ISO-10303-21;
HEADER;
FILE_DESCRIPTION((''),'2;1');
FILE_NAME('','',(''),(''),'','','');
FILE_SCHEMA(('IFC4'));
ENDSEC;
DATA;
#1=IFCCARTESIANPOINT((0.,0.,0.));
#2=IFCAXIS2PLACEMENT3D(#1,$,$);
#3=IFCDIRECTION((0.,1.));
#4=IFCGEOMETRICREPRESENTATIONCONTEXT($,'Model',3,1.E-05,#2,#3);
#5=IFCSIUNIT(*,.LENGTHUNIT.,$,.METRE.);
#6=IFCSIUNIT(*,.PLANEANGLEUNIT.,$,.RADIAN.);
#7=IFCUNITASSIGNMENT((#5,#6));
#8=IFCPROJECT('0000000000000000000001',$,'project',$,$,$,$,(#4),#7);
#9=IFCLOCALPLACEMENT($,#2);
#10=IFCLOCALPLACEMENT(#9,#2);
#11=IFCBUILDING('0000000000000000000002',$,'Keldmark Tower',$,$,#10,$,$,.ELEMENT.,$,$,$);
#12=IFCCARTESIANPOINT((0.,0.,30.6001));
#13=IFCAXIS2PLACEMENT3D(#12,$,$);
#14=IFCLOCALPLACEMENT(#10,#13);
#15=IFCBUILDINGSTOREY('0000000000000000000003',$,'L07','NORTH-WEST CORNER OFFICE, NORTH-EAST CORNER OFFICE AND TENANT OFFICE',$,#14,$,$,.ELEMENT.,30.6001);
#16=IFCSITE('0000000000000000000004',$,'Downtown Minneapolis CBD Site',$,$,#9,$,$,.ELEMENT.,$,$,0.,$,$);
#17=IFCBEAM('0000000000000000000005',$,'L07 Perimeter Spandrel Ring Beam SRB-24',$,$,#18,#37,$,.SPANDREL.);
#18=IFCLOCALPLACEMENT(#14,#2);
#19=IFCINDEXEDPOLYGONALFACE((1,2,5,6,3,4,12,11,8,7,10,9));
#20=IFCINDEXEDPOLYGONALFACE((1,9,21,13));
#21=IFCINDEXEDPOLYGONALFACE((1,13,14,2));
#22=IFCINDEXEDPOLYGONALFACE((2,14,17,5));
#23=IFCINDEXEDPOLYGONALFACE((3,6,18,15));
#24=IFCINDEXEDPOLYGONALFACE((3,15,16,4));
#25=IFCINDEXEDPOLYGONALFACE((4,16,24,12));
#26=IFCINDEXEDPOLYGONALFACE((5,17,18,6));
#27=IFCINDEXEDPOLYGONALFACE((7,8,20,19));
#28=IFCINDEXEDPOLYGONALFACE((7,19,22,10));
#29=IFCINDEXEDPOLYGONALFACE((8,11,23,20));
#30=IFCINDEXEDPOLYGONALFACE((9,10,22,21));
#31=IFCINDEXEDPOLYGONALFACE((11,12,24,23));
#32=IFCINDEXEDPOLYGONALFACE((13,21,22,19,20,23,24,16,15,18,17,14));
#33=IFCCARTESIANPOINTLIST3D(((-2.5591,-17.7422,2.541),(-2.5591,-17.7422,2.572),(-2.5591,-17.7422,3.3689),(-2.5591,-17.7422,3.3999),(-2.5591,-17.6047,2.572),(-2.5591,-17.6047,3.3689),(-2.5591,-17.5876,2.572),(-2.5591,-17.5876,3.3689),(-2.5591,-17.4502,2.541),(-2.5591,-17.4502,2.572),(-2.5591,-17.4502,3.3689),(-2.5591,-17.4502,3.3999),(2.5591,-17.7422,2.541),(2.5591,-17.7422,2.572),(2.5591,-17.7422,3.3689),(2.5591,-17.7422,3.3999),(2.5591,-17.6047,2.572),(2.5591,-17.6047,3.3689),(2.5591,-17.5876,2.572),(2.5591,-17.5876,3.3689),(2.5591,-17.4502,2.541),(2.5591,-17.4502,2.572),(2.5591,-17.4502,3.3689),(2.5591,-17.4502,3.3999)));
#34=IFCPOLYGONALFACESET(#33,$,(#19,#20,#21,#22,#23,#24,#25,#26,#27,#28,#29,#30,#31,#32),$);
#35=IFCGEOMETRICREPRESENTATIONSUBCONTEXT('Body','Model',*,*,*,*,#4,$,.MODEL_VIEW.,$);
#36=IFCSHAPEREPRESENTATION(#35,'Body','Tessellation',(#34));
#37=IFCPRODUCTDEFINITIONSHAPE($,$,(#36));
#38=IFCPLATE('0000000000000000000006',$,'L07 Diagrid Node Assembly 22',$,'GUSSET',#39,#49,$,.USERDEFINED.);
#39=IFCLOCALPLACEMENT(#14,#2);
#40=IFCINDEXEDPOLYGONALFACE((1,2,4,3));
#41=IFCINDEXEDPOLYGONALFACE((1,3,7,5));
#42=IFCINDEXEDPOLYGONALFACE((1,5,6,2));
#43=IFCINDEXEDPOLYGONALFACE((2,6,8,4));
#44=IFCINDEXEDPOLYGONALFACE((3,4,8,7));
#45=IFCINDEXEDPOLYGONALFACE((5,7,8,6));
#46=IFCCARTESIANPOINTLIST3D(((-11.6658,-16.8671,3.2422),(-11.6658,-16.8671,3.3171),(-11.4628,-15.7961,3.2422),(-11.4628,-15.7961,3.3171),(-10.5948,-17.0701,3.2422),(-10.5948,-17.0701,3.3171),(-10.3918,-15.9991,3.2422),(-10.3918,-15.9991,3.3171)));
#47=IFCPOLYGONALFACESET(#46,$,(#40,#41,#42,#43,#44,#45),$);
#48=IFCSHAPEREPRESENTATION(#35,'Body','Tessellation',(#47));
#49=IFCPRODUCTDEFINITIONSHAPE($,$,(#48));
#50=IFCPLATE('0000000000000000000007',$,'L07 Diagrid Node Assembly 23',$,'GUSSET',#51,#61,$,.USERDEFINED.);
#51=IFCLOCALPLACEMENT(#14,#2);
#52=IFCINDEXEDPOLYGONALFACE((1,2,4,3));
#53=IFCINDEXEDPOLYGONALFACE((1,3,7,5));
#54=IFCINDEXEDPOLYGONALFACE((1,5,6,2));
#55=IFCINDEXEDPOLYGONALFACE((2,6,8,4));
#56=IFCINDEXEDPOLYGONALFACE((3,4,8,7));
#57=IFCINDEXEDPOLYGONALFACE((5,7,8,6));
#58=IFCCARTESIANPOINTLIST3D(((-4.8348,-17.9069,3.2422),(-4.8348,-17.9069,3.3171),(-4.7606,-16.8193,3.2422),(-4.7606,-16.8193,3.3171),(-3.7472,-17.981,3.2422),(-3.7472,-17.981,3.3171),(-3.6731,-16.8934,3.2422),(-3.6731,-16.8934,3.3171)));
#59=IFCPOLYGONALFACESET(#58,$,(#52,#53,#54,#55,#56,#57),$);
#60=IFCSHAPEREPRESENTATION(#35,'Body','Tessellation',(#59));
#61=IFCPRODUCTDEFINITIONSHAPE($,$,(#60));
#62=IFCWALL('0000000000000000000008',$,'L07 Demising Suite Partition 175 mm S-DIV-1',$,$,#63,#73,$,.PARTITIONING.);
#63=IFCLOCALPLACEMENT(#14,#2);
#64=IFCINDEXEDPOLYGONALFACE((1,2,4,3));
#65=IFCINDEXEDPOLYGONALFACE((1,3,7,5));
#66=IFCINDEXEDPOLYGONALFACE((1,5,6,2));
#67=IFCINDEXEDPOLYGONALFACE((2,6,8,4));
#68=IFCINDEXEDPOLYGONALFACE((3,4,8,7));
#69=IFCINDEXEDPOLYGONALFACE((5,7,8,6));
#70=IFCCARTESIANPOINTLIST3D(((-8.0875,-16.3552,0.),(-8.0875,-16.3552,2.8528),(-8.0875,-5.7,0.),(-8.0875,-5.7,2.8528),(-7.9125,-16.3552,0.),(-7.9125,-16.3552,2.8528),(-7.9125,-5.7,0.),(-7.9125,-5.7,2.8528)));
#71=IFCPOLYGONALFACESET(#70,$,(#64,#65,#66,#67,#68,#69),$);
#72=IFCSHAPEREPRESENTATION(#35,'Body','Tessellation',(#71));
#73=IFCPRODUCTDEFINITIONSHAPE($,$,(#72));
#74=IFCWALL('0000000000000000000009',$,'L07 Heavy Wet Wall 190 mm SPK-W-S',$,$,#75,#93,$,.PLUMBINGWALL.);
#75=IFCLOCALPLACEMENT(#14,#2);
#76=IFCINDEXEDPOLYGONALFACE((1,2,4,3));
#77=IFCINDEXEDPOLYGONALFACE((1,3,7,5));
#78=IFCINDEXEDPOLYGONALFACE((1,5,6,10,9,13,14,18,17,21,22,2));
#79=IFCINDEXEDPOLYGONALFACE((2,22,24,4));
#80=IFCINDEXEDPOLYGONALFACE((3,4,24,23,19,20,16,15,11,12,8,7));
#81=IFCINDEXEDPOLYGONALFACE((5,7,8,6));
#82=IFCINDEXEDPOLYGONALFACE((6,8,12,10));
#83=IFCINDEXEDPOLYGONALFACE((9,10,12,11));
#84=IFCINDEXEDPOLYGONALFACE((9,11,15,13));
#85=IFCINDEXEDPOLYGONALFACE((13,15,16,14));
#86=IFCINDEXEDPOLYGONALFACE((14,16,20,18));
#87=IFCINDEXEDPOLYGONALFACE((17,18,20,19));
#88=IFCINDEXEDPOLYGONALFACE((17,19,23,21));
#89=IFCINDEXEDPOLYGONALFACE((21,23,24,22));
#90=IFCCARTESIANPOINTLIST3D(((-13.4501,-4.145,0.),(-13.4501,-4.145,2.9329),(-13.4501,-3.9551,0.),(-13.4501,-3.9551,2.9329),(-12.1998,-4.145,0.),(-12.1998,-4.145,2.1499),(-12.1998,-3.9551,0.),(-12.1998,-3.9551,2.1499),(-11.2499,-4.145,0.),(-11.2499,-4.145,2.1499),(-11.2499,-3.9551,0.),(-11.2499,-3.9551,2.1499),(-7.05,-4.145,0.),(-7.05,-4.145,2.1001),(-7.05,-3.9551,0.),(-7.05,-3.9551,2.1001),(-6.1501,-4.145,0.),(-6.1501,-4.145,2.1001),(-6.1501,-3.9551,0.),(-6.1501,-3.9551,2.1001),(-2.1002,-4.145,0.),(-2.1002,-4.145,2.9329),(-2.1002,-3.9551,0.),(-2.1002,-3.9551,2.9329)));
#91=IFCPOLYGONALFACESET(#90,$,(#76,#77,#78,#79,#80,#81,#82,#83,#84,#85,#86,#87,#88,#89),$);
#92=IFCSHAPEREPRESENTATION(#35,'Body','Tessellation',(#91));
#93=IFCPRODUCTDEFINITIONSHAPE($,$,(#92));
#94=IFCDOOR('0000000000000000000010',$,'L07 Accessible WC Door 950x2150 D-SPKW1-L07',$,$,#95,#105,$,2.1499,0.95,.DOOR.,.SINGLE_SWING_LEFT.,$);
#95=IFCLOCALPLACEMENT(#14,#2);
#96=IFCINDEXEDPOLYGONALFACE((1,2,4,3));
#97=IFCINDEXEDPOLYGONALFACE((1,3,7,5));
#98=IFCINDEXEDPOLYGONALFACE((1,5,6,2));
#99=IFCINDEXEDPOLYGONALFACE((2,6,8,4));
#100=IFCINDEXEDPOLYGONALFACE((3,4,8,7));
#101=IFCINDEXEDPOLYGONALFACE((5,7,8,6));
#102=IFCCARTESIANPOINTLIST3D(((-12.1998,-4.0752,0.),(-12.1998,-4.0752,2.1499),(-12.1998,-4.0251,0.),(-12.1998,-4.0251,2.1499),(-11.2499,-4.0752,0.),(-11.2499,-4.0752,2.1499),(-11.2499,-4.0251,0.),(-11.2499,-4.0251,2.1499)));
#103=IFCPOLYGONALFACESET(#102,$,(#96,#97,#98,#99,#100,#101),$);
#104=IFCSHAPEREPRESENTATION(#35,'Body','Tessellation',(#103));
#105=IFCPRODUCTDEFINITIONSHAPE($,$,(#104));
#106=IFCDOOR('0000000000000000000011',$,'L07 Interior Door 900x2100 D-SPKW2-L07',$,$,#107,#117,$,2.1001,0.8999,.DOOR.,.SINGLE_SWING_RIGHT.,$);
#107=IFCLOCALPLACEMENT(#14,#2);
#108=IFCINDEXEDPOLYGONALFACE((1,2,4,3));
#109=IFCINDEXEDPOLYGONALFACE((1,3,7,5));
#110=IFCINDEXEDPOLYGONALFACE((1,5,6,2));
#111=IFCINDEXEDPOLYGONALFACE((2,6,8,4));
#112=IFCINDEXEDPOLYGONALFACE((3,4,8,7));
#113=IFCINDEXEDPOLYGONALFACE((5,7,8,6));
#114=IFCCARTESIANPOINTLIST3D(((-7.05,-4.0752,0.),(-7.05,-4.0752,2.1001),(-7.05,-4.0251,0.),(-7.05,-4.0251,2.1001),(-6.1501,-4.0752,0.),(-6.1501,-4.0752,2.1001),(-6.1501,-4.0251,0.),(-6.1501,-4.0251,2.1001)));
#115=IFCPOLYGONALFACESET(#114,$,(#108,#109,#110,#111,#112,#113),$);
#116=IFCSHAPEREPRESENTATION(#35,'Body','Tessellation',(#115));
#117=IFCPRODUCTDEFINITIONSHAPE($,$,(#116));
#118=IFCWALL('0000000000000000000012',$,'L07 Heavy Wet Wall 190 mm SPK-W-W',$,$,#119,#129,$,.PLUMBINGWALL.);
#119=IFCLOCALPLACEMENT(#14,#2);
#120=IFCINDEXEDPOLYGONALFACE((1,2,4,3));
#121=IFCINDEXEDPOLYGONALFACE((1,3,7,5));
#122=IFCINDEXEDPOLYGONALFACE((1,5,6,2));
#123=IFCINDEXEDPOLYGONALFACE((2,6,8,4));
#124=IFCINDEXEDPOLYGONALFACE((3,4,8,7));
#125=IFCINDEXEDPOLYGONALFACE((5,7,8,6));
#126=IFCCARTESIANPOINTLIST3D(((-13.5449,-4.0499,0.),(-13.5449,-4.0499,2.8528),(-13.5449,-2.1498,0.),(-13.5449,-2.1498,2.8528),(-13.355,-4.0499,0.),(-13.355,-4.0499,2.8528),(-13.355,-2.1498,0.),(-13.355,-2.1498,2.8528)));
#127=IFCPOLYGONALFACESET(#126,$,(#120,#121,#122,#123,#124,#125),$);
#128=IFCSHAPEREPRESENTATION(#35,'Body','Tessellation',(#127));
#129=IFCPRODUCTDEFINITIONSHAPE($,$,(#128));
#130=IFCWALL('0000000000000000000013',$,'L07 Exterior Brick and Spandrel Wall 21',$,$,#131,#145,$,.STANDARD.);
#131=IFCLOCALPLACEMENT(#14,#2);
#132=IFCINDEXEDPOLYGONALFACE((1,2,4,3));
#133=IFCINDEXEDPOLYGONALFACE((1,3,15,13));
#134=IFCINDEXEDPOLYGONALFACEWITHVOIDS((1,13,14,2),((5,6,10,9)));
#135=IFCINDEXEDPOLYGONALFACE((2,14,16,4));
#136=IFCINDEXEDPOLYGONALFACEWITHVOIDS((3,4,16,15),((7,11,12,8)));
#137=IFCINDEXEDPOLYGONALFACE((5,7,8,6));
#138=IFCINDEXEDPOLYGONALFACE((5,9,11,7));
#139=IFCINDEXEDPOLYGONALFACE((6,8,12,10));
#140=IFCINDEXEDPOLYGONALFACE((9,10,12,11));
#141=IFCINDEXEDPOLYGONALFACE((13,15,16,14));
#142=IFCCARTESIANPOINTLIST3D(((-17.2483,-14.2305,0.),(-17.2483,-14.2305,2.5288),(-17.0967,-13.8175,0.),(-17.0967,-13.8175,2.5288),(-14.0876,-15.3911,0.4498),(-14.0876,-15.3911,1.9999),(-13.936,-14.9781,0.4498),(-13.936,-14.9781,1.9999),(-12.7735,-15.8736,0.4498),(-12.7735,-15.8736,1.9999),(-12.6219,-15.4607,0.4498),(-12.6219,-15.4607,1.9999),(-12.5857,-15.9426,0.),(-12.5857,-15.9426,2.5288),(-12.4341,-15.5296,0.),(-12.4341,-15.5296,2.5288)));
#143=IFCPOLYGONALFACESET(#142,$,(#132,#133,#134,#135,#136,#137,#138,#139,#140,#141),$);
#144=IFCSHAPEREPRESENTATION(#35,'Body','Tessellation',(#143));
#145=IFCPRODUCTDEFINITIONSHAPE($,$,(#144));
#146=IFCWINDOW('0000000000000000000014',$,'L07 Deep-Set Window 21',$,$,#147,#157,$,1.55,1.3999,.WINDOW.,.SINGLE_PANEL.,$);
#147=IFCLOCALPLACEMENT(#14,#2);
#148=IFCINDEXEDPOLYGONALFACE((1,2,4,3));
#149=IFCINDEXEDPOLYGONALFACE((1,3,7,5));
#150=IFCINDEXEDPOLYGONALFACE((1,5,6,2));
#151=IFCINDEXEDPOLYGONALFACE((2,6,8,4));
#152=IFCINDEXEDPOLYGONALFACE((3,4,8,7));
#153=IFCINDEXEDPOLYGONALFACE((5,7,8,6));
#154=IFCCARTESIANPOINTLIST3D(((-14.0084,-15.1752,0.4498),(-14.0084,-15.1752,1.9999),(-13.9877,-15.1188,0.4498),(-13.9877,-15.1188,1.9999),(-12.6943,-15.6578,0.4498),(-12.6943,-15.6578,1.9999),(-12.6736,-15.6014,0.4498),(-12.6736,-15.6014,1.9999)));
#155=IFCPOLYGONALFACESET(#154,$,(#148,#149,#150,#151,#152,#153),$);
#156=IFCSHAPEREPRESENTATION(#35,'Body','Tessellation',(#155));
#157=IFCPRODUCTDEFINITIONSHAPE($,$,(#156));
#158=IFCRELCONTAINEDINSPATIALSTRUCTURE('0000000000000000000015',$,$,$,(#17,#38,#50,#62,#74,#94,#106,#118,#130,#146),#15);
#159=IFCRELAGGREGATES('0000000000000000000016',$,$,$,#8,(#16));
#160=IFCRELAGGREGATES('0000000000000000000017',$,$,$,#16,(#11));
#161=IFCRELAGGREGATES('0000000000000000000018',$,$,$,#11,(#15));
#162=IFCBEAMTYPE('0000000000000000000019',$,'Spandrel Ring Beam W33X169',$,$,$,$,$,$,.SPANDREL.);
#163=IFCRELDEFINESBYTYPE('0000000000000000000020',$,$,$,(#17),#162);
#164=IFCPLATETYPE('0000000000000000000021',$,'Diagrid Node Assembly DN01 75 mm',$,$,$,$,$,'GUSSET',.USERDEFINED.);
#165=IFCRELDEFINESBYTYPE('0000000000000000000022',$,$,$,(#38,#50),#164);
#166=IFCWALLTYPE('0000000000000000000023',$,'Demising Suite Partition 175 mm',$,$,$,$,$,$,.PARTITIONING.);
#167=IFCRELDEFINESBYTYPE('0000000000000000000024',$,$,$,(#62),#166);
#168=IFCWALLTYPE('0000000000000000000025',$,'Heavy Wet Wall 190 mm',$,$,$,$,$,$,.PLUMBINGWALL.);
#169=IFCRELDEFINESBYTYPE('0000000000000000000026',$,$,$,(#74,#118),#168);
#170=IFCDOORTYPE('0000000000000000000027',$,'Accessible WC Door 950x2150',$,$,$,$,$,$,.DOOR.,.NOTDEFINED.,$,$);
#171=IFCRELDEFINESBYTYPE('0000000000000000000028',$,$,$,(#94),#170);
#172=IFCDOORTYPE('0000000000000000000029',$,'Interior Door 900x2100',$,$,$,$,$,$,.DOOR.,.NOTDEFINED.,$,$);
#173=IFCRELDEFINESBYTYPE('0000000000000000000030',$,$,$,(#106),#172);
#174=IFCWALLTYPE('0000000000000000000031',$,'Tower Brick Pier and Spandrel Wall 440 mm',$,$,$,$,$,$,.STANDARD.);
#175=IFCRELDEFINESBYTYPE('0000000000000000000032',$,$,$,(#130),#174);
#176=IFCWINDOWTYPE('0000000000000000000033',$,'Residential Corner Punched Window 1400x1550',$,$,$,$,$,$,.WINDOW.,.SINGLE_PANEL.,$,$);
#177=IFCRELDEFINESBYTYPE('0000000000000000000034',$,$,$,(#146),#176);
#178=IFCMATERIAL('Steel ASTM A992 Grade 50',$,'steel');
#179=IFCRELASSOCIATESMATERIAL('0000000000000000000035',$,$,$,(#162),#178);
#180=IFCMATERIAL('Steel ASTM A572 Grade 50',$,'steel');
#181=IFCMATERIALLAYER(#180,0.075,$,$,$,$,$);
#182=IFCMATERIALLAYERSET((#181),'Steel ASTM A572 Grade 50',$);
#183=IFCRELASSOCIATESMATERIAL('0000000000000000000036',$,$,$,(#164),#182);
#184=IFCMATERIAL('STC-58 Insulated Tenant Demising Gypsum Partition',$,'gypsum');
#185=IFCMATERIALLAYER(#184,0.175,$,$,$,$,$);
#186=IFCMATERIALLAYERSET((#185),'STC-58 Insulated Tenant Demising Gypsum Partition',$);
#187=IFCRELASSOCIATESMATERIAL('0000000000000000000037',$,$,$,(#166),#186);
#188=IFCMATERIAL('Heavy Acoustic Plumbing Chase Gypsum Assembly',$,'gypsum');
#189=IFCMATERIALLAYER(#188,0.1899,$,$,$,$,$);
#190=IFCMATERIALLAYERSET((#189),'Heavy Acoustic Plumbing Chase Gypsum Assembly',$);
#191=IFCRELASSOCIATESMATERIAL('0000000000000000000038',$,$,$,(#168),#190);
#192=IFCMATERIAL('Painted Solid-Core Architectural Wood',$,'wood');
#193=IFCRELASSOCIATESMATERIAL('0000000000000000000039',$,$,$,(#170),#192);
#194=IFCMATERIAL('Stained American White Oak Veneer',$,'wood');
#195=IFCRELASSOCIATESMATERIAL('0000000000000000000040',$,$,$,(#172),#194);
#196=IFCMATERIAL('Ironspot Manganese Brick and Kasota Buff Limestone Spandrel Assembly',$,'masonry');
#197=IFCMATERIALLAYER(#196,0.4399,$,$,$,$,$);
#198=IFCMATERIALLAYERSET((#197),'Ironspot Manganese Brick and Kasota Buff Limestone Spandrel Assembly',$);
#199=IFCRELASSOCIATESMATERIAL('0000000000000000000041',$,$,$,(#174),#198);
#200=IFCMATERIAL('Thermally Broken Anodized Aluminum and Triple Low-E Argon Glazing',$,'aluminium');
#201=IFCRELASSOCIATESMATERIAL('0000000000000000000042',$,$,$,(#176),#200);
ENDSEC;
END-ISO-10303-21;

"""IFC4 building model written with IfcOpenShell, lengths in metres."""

from ifc_helpers import new_model, si_unit, direction, frame, frame_2d, origin, origin_2d, place, context, subcontext, project, spatial, rectangle, i_section, extrude, material, layer, layer_set, material_profile, profile_set, type_object, element, fill, save


model = new_model("IFC4")

# Units and contexts
model_context = context("Model", 3, precision=1e-05, world=origin(), true_north=direction((0.0, 1.0)))
body_context = subcontext(model_context, "Body", "Model", "MODEL_VIEW")
ifc_project = project(units=[si_unit("LENGTHUNIT", "METRE"), si_unit("PLANEANGLEUNIT", "RADIAN")], contexts=[model_context])

# Site, building, storey
site_placement = place(None, origin())
site = spatial("IfcSite", under=ifc_project, at=site_placement, Name="Downtown Minneapolis CBD Site", CompositionType="ELEMENT", RefElevation=0.0)
building_placement = place(site_placement, origin())
building = spatial("IfcBuilding", under=site, at=building_placement, Name="Keldmark Tower", CompositionType="ELEMENT")
storey_placement = place(building_placement, frame((0.0, 0.0, 30.6001)))
storey = spatial("IfcBuildingStorey", under=building, at=storey_placement, Name="L07", Description="NORTH-WEST CORNER OFFICE, NORTH-EAST CORNER OFFICE AND TENANT OFFICE", CompositionType="ELEMENT", Elevation=30.6001)

# Beam
ifc_material_1 = material(Name="Steel ASTM A992 Grade 50", Category="steel")
ifc_material_profile_1 = material_profile(ifc_material_1, i_section(OverallWidth=0.292, OverallDepth=0.8589, WebThickness=0.0171, FlangeThickness=0.031, at=origin_2d()), Name="W33X169")
ifc_profile_set_1 = profile_set([ifc_material_profile_1], Name="Steel ASTM A992 Grade 50")
beam_type_1 = type_object("IfcBeamType", Name="Spandrel Ring Beam W33X169", PredefinedType="SPANDREL", material=ifc_profile_set_1)
beam_1_placement = place(storey_placement, frame((-2.5591, -17.5962, 2.9705), z_axis=(1.0, 0.0, 0.0), x_axis=(0.0, 1.0, 0.0)))
element("IfcBeam", 1, at=beam_1_placement, inside=storey, type_object=beam_type_1, Name="L07 Perimeter Spandrel Ring Beam SRB-24", PredefinedType="SPANDREL", context=body_context, shape_type="SweptSolid", body=[
    extrude(i_section(OverallWidth=0.292, OverallDepth=0.8589, WebThickness=0.0171, FlangeThickness=0.031, at=origin_2d()), origin(), (0.0, 0.0, 1.0), 5.1182),
])

# Plates
ifc_material_2 = material(Name="Steel ASTM A572 Grade 50", Category="steel")
ifc_layer_1 = layer(ifc_material_2, 0.075)
ifc_layer_set_1 = layer_set([ifc_layer_1], Name="Steel ASTM A572 Grade 50")
plate_type = type_object("IfcPlateType", Name="Diagrid Node Assembly DN01 75 mm", ElementType="GUSSET", PredefinedType="USERDEFINED", material=ifc_layer_set_1)
for number, where, z_axis, x_axis, name in (
    (2, (-11.0288, -16.4331, 3.2422), (0.0, 0.0, 1.0), (0.982515, -0.186181, 0.0), "L07 Diagrid Node Assembly 22"),
    (3, (-4.2539, -17.4001, 3.2422), (0.0, 0.0, 1.0), (0.997684, -0.068015, 0.0), "L07 Diagrid Node Assembly 23"),
):
    element("IfcPlate", number, at=place(storey_placement, frame(where, z_axis=z_axis, x_axis=x_axis)), inside=storey, type_object=plate_type, Name=name, ObjectType="GUSSET", PredefinedType="USERDEFINED", context=body_context, shape_type="SweptSolid", body=[
        extrude(rectangle(XDim=1.0901, YDim=1.0901, at=origin_2d()), origin(), (0.0, 0.0, 1.0), 0.075),
    ])

# Wall
ifc_material_3 = material(Name="STC-58 Insulated Tenant Demising Gypsum Partition", Category="gypsum")
ifc_layer_2 = layer(ifc_material_3, 0.175)
ifc_layer_set_2 = layer_set([ifc_layer_2], Name="STC-58 Insulated Tenant Demising Gypsum Partition")
wall_type_1 = type_object("IfcWallType", Name="Demising Suite Partition 175 mm", PredefinedType="PARTITIONING", material=ifc_layer_set_2)
wall_1_placement = place(storey_placement, frame((-8.0, -16.3552, 0.0), z_axis=(0.0, 0.0, 1.0), x_axis=(0.0, 1.0, 0.0)))
element("IfcWall", 4, at=wall_1_placement, inside=storey, type_object=wall_type_1, Name="L07 Demising Suite Partition 175 mm S-DIV-1", PredefinedType="PARTITIONING", context=body_context, shape_type="SweptSolid", body=[
    extrude(rectangle(XDim=10.6553, YDim=0.175, at=frame_2d((5.3276, 0.0))), origin(), (0.0, 0.0, 1.0), 2.8528),
])

# Wall, openings, doors
ifc_material_4 = material(Name="Heavy Acoustic Plumbing Chase Gypsum Assembly", Category="gypsum")
ifc_layer_3 = layer(ifc_material_4, 0.1899)
ifc_layer_set_3 = layer_set([ifc_layer_3], Name="Heavy Acoustic Plumbing Chase Gypsum Assembly")
wall_type_2 = type_object("IfcWallType", Name="Heavy Wet Wall 190 mm", PredefinedType="PLUMBINGWALL", material=ifc_layer_set_3)
wall_2_placement = place(storey_placement, frame((-13.45, -4.05, 0.0), z_axis=(0.0, 0.0, 1.0), x_axis=(1.0, 0.0, 0.0)))
wall_2 = element("IfcWall", 5, at=wall_2_placement, inside=storey, type_object=wall_type_2, Name="L07 Heavy Wet Wall 190 mm SPK-W-S", PredefinedType="PLUMBINGWALL", context=body_context, shape_type="SweptSolid", body=[
    extrude(rectangle(XDim=11.3499, YDim=0.1899, at=frame_2d((5.6748, 0.0))), origin(), (0.0, 0.0, 1.0), 2.9329),
])
opening_1_placement = place(wall_2_placement, frame((1.25, 0.0, 0.0)))
opening_1 = element("IfcOpeningElement", 6, at=opening_1_placement, cuts=wall_2, PredefinedType="OPENING", context=body_context, shape_type="SweptSolid", body=[
    extrude(rectangle(XDim=0.95, YDim=2.1499, at=frame_2d((0.4751, 1.075))), frame((0.0, 0.105, 0.0), z_axis=(0.0, -1.0, 0.0), x_axis=(1.0, 0.0, 0.0)), (0.0, 0.0, 1.0), 0.21),
])
opening_2_placement = place(wall_2_placement, frame((6.3999, 0.0, 0.0)))
opening_2 = element("IfcOpeningElement", 7, at=opening_2_placement, cuts=wall_2, PredefinedType="OPENING", context=body_context, shape_type="SweptSolid", body=[
    extrude(rectangle(XDim=0.8999, YDim=2.1001, at=frame_2d((0.45, 1.05))), frame((0.0, 0.105, 0.0), z_axis=(0.0, -1.0, 0.0), x_axis=(1.0, 0.0, 0.0)), (0.0, 0.0, 1.0), 0.21),
])
ifc_material_5 = material(Name="Painted Solid-Core Architectural Wood", Category="wood")
door_type_1 = type_object("IfcDoorType", Name="Accessible WC Door 950x2150", OperationType="NOTDEFINED", PredefinedType="DOOR", material=ifc_material_5)
door_1_placement = place(opening_1_placement, origin())
door_1 = element("IfcDoor", 8, at=door_1_placement, inside=storey, type_object=door_type_1, Name="L07 Accessible WC Door 950x2150 D-SPKW1-L07", OperationType="SINGLE_SWING_LEFT", OverallHeight=2.1499, OverallWidth=0.95, PredefinedType="DOOR", context=body_context, shape_type="SweptSolid", body=[
    extrude(rectangle(XDim=0.95, YDim=2.1499, at=frame_2d((0.4751, 1.075))), frame((0.0, 0.0249, 0.0), z_axis=(0.0, -1.0, 0.0), x_axis=(1.0, 0.0, 0.0)), (0.0, 0.0, 1.0), 0.05),
])
fill(opening_1, door_1)
ifc_material_6 = material(Name="Stained American White Oak Veneer", Category="wood")
door_type_2 = type_object("IfcDoorType", Name="Interior Door 900x2100", OperationType="NOTDEFINED", PredefinedType="DOOR", material=ifc_material_6)
door_2_placement = place(opening_2_placement, origin())
door_2 = element("IfcDoor", 9, at=door_2_placement, inside=storey, type_object=door_type_2, Name="L07 Interior Door 900x2100 D-SPKW2-L07", OperationType="SINGLE_SWING_RIGHT", OverallHeight=2.1001, OverallWidth=0.8999, PredefinedType="DOOR", context=body_context, shape_type="SweptSolid", body=[
    extrude(rectangle(XDim=0.8999, YDim=2.1001, at=frame_2d((0.45, 1.05))), frame((0.0, 0.0249, 0.0), z_axis=(0.0, -1.0, 0.0), x_axis=(1.0, 0.0, 0.0)), (0.0, 0.0, 1.0), 0.05),
])
fill(opening_2, door_2)

# Wall
wall_3_placement = place(storey_placement, frame((-13.45, -4.05, 0.0), z_axis=(0.0, 0.0, 1.0), x_axis=(0.0, 1.0, 0.0)))
element("IfcWall", 10, at=wall_3_placement, inside=storey, type_object=wall_type_2, Name="L07 Heavy Wet Wall 190 mm SPK-W-W", PredefinedType="PLUMBINGWALL", context=body_context, shape_type="SweptSolid", body=[
    extrude(rectangle(XDim=1.9001, YDim=0.1899, at=frame_2d((0.9502, 0.0))), origin(), (0.0, 0.0, 1.0), 2.8528),
])

# Wall, opening, window
ifc_material_7 = material(Name="Ironspot Manganese Brick and Kasota Buff Limestone Spandrel Assembly", Category="masonry")
ifc_layer_4 = layer(ifc_material_7, 0.4399)
ifc_layer_set_4 = layer_set([ifc_layer_4], Name="Ironspot Manganese Brick and Kasota Buff Limestone Spandrel Assembly")
wall_type_3 = type_object("IfcWallType", Name="Tower Brick Pier and Spandrel Wall 440 mm", PredefinedType="STANDARD", material=ifc_layer_set_4)
wall_4_placement = place(storey_placement, frame((-12.51, -15.7361, 0.0), z_axis=(0.0, 0.0, 1.0), x_axis=(-0.938711, 0.344705, 0.0)))
wall_4 = element("IfcWall", 11, at=wall_4_placement, inside=storey, type_object=wall_type_3, Name="L07 Exterior Brick and Spandrel Wall 21", PredefinedType="STANDARD", context=body_context, shape_type="SweptSolid", body=[
    extrude(rectangle(XDim=4.967, YDim=0.4399, at=frame_2d((2.4834, 0.0))), origin(), (0.0, 0.0, 1.0), 2.5288),
])
opening_3_placement = place(wall_4_placement, frame((0.2, 0.0, 0.45)))
opening_3 = element("IfcOpeningElement", 12, at=opening_3_placement, cuts=wall_4, PredefinedType="OPENING", context=body_context, shape_type="SweptSolid", body=[
    extrude(rectangle(XDim=1.3999, YDim=1.55, at=frame_2d((0.7, 0.7749))), frame((0.0, 0.23, 0.0), z_axis=(0.0, -1.0, 0.0), x_axis=(1.0, 0.0, 0.0)), (0.0, 0.0, 1.0), 0.46),
])
ifc_material_8 = material(Name="Thermally Broken Anodized Aluminum and Triple Low-E Argon Glazing", Category="aluminium")
window_type_1 = type_object("IfcWindowType", Name="Residential Corner Punched Window 1400x1550", PartitioningType="SINGLE_PANEL", PredefinedType="WINDOW", material=ifc_material_8)
window_1_placement = place(opening_3_placement, origin())
window_1 = element("IfcWindow", 13, at=window_1_placement, inside=storey, type_object=window_type_1, Name="L07 Deep-Set Window 21", OverallHeight=1.55, OverallWidth=1.3999, PartitioningType="SINGLE_PANEL", PredefinedType="WINDOW", context=body_context, shape_type="SweptSolid", body=[
    extrude(rectangle(XDim=1.3999, YDim=1.55, at=frame_2d((0.7, 0.7749))), frame((0.0, -0.01, 0.0), z_axis=(0.0, -1.0, 0.0), x_axis=(1.0, 0.0, 0.0)), (0.0, 0.0, 1.0), 0.0601),
])
fill(opening_3, window_1)

save(model, "model.ifc")
